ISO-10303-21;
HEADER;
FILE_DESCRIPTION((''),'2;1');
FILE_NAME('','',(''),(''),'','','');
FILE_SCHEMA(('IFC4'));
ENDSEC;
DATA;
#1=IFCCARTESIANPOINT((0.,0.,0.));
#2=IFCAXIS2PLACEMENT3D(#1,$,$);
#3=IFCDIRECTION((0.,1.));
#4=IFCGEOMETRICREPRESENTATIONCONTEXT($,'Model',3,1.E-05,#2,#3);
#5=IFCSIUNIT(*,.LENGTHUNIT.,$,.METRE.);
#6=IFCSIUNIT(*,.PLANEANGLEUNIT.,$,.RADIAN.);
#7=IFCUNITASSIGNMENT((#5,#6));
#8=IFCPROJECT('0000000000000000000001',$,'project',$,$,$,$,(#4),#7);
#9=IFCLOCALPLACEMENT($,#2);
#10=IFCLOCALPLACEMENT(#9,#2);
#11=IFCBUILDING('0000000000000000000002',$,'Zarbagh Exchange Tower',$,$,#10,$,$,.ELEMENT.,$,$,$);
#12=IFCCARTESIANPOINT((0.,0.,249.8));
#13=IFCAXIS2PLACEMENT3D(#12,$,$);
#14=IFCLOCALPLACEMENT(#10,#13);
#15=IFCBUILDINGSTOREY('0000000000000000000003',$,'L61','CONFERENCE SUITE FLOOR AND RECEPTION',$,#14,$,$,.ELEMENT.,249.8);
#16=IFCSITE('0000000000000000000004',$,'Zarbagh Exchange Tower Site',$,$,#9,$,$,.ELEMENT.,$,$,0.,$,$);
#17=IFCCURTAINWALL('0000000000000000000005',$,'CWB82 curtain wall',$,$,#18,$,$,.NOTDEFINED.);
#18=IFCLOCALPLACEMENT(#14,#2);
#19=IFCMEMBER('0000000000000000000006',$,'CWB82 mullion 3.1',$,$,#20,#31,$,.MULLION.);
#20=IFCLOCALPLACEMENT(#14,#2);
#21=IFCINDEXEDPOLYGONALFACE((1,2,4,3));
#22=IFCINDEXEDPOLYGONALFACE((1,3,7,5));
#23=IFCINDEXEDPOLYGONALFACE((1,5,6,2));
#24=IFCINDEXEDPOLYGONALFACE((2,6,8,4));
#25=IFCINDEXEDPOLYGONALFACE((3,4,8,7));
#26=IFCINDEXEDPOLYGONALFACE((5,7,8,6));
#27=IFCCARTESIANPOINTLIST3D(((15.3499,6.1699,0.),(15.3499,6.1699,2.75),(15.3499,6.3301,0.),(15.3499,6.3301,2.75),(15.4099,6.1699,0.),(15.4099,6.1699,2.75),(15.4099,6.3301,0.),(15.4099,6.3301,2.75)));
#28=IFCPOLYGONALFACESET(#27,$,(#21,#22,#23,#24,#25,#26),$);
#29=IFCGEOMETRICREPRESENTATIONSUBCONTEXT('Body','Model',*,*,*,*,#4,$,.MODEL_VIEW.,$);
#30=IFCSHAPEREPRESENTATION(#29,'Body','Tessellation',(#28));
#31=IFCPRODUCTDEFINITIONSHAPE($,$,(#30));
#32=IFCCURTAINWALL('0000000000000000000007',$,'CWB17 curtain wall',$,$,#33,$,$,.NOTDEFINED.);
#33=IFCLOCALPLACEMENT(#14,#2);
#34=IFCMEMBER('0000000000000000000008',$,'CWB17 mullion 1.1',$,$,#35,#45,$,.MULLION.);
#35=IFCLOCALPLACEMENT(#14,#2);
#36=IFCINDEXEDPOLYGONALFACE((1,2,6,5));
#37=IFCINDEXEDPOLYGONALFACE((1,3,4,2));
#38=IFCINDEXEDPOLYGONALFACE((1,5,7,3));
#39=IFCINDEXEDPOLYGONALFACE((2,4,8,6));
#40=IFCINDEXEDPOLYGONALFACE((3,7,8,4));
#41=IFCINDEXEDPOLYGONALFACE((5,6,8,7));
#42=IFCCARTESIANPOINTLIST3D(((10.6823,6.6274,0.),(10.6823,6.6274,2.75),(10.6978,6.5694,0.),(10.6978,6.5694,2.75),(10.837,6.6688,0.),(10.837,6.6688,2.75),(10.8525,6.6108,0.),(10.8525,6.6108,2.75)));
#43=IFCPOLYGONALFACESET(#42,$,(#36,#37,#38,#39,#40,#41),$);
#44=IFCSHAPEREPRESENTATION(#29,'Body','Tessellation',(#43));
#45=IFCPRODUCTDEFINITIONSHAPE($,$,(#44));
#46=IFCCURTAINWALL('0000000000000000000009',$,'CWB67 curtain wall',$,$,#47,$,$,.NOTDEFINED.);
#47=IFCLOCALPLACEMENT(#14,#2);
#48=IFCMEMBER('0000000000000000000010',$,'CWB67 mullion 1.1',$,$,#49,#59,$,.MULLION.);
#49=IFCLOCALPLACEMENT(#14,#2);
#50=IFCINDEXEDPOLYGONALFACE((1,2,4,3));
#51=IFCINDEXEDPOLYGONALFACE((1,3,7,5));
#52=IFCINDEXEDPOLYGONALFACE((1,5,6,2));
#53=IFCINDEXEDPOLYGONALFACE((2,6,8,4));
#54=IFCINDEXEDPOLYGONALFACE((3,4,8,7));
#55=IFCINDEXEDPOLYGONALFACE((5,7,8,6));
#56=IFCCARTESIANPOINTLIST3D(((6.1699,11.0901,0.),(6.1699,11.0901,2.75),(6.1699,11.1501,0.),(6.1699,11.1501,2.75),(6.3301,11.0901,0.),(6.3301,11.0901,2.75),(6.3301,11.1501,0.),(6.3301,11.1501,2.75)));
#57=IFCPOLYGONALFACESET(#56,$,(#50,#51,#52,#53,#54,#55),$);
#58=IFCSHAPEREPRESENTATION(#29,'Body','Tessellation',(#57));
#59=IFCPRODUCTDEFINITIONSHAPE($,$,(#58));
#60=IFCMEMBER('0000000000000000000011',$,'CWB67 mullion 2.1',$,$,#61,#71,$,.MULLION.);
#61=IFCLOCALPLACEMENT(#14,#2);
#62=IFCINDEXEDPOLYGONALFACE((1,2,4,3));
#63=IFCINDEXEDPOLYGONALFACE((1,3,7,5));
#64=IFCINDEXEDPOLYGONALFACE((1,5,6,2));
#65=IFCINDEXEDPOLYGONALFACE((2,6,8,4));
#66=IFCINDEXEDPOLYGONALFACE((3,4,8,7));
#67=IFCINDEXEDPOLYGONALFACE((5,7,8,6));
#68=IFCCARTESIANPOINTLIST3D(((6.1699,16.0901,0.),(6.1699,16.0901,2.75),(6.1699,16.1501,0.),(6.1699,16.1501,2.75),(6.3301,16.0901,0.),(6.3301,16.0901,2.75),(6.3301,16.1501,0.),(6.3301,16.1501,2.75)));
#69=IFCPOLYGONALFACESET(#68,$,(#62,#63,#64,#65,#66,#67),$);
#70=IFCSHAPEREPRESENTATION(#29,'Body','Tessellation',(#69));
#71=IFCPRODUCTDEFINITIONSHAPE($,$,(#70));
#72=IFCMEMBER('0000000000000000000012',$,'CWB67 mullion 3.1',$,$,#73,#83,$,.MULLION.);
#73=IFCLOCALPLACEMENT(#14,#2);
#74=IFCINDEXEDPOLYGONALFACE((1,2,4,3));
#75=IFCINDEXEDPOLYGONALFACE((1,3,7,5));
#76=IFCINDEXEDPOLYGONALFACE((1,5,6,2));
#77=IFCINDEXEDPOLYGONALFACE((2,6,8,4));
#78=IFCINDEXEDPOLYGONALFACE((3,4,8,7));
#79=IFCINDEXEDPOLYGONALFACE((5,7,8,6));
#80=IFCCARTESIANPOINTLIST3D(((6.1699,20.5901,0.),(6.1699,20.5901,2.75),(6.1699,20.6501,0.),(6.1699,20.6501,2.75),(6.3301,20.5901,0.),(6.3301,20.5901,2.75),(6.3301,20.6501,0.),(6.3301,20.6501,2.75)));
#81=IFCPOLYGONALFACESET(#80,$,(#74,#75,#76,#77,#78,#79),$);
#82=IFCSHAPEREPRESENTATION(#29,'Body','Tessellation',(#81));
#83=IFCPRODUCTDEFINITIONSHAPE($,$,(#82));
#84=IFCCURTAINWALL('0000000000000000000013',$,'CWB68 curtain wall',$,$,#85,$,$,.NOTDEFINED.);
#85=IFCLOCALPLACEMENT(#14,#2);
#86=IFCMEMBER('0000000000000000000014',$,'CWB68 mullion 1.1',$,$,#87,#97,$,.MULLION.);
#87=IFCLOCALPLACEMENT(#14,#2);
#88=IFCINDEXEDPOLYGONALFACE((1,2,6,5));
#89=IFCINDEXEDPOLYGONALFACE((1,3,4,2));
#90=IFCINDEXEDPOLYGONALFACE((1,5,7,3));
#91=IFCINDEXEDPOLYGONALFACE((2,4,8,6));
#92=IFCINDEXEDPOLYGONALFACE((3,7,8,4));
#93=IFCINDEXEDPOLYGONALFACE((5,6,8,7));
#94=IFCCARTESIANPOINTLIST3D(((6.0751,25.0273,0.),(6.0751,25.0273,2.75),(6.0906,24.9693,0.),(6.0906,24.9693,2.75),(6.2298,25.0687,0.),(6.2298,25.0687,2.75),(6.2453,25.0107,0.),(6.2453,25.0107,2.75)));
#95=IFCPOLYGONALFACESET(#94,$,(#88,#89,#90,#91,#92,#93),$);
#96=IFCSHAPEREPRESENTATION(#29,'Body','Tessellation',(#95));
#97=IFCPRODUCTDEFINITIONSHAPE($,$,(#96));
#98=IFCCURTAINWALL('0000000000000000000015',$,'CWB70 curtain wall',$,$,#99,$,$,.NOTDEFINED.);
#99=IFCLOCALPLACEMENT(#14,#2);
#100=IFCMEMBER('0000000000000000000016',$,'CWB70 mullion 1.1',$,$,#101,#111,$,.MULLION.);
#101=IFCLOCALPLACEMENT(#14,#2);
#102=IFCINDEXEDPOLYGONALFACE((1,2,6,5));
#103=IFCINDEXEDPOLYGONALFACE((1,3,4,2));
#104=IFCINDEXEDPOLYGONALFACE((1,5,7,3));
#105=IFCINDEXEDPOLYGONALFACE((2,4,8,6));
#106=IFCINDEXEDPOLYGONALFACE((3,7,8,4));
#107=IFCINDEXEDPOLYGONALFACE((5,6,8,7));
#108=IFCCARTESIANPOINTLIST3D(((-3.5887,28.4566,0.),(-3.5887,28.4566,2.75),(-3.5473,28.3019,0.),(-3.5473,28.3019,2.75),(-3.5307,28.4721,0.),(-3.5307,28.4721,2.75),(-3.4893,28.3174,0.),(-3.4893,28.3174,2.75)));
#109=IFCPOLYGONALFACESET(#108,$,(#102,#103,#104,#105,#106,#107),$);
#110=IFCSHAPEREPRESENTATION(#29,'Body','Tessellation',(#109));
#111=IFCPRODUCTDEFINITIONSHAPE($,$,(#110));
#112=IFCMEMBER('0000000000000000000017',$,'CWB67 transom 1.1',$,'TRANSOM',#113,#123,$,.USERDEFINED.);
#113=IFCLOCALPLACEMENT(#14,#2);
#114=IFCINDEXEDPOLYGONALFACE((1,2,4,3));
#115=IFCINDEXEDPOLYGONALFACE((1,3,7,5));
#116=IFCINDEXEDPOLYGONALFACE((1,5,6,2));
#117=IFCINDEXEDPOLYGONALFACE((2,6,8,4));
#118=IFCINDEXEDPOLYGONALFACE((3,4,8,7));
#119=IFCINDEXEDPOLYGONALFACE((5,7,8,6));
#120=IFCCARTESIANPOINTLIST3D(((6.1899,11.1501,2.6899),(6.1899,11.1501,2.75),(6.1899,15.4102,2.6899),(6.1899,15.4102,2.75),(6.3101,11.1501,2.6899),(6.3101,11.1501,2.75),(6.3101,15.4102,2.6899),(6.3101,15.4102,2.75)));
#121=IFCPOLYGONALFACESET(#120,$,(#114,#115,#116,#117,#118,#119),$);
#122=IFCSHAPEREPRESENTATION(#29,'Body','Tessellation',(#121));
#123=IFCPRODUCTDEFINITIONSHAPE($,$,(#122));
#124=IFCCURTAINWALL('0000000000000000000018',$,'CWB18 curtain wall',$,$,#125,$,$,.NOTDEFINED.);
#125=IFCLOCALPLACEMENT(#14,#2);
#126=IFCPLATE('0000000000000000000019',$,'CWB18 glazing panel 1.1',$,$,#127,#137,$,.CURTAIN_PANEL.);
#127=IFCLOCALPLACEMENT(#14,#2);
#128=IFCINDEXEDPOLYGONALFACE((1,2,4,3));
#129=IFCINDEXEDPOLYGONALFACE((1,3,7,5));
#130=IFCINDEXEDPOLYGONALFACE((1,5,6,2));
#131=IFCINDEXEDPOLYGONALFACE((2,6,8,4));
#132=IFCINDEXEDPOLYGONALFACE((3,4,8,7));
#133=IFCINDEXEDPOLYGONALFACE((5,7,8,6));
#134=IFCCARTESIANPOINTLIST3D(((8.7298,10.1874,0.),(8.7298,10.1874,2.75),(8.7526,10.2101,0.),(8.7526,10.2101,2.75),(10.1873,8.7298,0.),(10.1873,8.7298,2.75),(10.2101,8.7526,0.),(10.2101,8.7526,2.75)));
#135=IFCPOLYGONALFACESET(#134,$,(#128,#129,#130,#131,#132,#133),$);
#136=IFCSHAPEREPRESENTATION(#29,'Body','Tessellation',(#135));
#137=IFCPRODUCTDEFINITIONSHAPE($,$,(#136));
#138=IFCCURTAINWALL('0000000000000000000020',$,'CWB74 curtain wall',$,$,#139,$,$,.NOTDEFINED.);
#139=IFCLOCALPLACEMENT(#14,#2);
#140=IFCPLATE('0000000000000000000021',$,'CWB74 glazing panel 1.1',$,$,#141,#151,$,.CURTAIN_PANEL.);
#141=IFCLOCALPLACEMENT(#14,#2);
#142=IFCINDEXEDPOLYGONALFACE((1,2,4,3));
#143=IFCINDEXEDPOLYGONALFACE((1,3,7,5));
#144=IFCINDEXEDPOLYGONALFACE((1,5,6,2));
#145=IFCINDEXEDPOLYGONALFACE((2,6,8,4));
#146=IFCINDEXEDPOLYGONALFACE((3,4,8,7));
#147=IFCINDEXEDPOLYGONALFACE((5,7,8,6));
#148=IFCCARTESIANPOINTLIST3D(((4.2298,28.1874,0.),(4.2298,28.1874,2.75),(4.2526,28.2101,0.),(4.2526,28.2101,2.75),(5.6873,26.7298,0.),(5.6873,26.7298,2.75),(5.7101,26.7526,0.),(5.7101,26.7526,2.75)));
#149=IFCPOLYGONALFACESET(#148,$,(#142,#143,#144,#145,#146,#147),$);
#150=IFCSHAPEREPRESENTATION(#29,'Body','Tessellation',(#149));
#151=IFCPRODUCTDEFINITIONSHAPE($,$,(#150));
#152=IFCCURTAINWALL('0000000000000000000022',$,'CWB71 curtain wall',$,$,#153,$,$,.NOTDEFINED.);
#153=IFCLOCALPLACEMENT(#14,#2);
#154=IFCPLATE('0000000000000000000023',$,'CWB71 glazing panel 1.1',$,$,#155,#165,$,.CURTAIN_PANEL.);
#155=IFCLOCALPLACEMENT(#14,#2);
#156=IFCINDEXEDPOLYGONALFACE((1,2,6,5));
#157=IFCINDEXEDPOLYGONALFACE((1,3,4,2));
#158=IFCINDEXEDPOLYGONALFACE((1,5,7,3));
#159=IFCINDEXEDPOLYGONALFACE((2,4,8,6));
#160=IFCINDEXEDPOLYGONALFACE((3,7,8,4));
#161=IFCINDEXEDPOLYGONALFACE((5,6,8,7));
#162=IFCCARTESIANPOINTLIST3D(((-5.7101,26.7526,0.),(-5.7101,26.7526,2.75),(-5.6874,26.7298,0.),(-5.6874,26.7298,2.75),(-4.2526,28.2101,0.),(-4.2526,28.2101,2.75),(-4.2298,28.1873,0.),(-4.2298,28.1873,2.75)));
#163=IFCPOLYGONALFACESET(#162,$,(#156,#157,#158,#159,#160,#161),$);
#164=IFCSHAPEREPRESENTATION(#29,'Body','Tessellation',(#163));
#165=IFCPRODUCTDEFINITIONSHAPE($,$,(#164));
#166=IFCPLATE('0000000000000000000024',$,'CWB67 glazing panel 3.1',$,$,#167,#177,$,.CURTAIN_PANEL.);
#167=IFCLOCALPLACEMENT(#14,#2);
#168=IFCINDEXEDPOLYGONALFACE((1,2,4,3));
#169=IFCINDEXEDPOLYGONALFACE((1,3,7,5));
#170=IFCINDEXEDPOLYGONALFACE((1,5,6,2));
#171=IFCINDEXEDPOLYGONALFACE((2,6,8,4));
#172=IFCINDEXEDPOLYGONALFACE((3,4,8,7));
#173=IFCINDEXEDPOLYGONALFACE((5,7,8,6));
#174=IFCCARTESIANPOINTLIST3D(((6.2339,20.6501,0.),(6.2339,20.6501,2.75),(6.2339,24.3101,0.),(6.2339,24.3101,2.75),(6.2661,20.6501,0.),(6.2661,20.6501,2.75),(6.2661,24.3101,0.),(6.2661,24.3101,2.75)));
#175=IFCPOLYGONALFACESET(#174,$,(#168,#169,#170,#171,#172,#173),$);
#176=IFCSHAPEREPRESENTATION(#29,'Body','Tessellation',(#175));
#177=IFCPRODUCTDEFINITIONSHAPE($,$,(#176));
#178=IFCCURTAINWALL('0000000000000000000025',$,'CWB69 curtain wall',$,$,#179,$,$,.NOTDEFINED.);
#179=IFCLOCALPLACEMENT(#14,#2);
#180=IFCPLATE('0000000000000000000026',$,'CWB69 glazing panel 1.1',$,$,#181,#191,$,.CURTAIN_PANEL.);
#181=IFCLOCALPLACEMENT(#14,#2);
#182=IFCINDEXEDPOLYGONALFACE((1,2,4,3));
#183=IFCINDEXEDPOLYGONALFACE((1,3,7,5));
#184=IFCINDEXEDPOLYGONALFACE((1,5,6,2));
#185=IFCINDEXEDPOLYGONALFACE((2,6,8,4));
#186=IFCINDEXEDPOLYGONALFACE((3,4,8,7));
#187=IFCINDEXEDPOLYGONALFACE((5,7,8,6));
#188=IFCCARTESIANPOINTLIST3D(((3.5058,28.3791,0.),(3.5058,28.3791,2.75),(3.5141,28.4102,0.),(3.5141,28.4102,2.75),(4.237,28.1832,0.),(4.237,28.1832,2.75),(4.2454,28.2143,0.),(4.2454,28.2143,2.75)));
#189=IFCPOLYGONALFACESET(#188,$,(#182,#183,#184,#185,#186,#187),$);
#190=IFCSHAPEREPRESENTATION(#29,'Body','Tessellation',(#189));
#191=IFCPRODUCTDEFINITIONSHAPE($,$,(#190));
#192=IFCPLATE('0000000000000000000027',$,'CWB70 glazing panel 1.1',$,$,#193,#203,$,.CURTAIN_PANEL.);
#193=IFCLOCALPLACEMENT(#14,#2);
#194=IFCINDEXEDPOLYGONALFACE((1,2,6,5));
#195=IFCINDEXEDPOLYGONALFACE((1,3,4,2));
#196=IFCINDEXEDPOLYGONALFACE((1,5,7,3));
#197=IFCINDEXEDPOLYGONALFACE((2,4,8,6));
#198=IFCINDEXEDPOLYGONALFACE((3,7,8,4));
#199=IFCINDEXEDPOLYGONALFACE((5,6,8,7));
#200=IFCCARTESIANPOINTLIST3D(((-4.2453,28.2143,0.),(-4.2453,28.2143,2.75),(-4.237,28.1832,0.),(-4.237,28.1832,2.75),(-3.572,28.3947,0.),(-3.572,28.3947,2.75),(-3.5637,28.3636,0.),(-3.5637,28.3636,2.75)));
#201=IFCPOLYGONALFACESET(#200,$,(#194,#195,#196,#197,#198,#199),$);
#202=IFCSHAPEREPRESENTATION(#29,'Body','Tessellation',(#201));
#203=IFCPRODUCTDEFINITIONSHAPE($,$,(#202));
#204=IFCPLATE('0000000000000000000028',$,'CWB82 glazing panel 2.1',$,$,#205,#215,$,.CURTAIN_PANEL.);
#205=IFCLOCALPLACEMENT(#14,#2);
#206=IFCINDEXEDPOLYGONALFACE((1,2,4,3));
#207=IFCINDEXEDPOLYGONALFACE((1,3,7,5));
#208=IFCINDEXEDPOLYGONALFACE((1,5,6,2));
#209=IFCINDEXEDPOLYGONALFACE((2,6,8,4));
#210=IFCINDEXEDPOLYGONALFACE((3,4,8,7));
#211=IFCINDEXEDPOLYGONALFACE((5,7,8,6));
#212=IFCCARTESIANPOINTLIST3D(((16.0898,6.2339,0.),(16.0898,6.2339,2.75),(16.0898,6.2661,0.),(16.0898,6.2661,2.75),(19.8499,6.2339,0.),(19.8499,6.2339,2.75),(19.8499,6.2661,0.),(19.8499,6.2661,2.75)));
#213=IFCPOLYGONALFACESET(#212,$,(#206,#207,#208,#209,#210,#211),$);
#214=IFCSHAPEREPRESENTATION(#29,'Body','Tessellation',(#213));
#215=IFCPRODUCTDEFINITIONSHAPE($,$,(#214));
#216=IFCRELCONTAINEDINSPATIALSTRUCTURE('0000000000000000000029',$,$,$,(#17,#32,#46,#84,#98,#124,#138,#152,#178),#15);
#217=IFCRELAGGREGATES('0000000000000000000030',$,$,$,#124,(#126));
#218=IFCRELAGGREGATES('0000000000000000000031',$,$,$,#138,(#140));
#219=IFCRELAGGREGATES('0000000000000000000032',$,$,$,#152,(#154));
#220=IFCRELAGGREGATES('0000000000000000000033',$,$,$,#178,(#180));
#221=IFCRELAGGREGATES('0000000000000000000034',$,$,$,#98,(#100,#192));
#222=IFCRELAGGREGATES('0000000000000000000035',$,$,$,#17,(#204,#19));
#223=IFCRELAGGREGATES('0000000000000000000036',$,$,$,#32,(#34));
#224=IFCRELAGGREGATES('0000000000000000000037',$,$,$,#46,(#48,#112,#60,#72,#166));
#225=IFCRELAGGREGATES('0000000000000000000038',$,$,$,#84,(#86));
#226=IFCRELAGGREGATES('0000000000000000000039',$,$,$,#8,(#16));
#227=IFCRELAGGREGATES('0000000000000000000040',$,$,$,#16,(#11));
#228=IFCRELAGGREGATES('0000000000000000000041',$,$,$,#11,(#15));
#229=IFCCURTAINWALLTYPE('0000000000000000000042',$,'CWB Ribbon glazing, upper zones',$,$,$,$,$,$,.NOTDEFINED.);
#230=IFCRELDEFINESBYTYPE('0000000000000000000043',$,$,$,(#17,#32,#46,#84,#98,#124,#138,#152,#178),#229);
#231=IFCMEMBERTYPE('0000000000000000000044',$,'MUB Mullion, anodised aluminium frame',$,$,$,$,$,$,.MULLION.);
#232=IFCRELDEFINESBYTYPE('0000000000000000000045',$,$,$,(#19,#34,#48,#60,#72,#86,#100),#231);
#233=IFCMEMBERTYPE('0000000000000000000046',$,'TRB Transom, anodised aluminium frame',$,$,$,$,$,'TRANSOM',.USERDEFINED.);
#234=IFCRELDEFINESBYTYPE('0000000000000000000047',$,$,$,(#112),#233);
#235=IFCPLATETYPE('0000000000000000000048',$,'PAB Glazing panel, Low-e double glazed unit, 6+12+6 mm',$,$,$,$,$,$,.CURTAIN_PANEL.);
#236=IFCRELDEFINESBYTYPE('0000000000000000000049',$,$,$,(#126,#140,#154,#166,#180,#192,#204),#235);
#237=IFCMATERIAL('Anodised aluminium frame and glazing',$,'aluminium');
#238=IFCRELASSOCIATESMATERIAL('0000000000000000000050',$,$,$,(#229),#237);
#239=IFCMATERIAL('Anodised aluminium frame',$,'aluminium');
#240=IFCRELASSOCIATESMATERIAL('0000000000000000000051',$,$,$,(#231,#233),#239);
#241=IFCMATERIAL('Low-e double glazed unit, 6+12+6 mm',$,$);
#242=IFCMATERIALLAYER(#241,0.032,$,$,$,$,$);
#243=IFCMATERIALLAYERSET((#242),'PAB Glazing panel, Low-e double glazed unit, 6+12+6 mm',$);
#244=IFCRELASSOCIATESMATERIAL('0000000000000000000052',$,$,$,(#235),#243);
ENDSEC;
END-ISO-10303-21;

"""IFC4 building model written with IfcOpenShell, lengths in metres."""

from ifc_helpers import new_model, si_unit, direction, frame, origin, place, context, subcontext, project, spatial, polyline, outline, extrude, source, transform, mapped, material, layer, layer_set, type_object, element, aggregate, save


model = new_model("IFC4")

# Units and contexts
model_context = context("Model", 3, precision=1e-05, world=origin(), true_north=direction((0.0, 1.0)))
body_context = subcontext(model_context, "Body", "Model", "MODEL_VIEW")
ifc_project = project(units=[si_unit("LENGTHUNIT", "METRE"), si_unit("PLANEANGLEUNIT", "RADIAN")], contexts=[model_context])

# Site, building, storey
site_placement = place(None, origin())
site = spatial("IfcSite", under=ifc_project, at=site_placement, Name="Zarbagh Exchange Tower Site", CompositionType="ELEMENT", RefElevation=0.0)
building_placement = place(site_placement, origin())
building = spatial("IfcBuilding", under=site, at=building_placement, Name="Zarbagh Exchange Tower", CompositionType="ELEMENT")
storey_placement = place(building_placement, frame((0.0, 0.0, 249.8)))
storey = spatial("IfcBuildingStorey", under=building, at=storey_placement, Name="L61", Description="CONFERENCE SUITE FLOOR AND RECEPTION", CompositionType="ELEMENT", Elevation=249.8)

# Curtain walls, members
ifc_material_1 = material(Name="Anodised aluminium frame and glazing", Category="aluminium")
curtain_wall_type = type_object("IfcCurtainWallType", Name="CWB Ribbon glazing, upper zones", PredefinedType="NOTDEFINED", material=ifc_material_1)
curtain_wall_1_placement = place(storey_placement, origin())
curtain_wall_1 = element("IfcCurtainWall", 1, at=curtain_wall_1_placement, inside=storey, type_object=curtain_wall_type, Name="CWB82 curtain wall", PredefinedType="NOTDEFINED")
ifc_material_2 = material(Name="Anodised aluminium frame", Category="aluminium")
member_type_1 = type_object("IfcMemberType", Name="MUB Mullion, anodised aluminium frame", PredefinedType="MULLION", material=ifc_material_2)
shared_shape_1 = source(origin(), body_context, "Body", "SweptSolid", [
    extrude(outline(polyline([(0.0, -0.0801), (0.0601, -0.0801), (0.0601, 0.0801), (0.0, 0.0801), (0.0, -0.0801)])), origin(), (0.0, 0.0, 1.0), 2.75),
])
placement = place(storey_placement, origin())
member_1 = element("IfcMember", 2, at=placement, type_object=member_type_1, Name="CWB82 mullion 3.1", PredefinedType="MULLION", context=body_context, shape_type="MappedRepresentation", body=[
    mapped(shared_shape_1, transform((15.4099, 6.25, 0.0), x_axis=(-1.0, 0.0, 0.0), y_axis=(0.0, -1.0, 0.0), z_axis=(0.0, 0.0, 1.0))),
])
curtain_wall_2_placement = place(storey_placement, origin())
curtain_wall_2 = element("IfcCurtainWall", 3, at=curtain_wall_2_placement, inside=storey, type_object=curtain_wall_type, Name="CWB17 curtain wall", PredefinedType="NOTDEFINED")
member_2 = element("IfcMember", 4, at=placement, type_object=member_type_1, Name="CWB17 mullion 1.1", PredefinedType="MULLION", context=body_context, shape_type="MappedRepresentation", body=[
    mapped(shared_shape_1, transform((10.7751, 6.5901, 0.0), x_axis=(-0.258825, 0.965924, 0.0), y_axis=(-0.965924, -0.258825, 0.0), z_axis=(0.0, 0.0, 1.0))),
])

# Curtain wall, members
curtain_wall_3_placement = place(storey_placement, origin())
curtain_wall_3 = element("IfcCurtainWall", 5, at=curtain_wall_3_placement, inside=storey, type_object=curtain_wall_type, Name="CWB67 curtain wall", PredefinedType="NOTDEFINED")
member_3 = element("IfcMember", 6, at=placement, type_object=member_type_1, Name="CWB67 mullion 1.1", PredefinedType="MULLION", context=body_context, shape_type="MappedRepresentation", body=[
    mapped(shared_shape_1, transform((6.25, 11.0901, 0.0), x_axis=(0.0, 1.0, 0.0), y_axis=(-1.0, 0.0, 0.0), z_axis=(0.0, 0.0, 1.0))),
])
member_4 = element("IfcMember", 7, at=placement, type_object=member_type_1, Name="CWB67 mullion 2.1", PredefinedType="MULLION", context=body_context, shape_type="MappedRepresentation", body=[
    mapped(shared_shape_1, transform((6.25, 16.0901, 0.0), x_axis=(0.0, 1.0, 0.0), y_axis=(-1.0, 0.0, 0.0), z_axis=(0.0, 0.0, 1.0))),
])
member_5 = element("IfcMember", 8, at=placement, type_object=member_type_1, Name="CWB67 mullion 3.1", PredefinedType="MULLION", context=body_context, shape_type="MappedRepresentation", body=[
    mapped(shared_shape_1, transform((6.25, 20.5901, 0.0), x_axis=(0.0, 1.0, 0.0), y_axis=(-1.0, 0.0, 0.0), z_axis=(0.0, 0.0, 1.0))),
])

# Curtain walls, members
curtain_wall_4_placement = place(storey_placement, origin())
curtain_wall_4 = element("IfcCurtainWall", 9, at=curtain_wall_4_placement, inside=storey, type_object=curtain_wall_type, Name="CWB68 curtain wall", PredefinedType="NOTDEFINED")
member_6 = element("IfcMember", 10, at=placement, type_object=member_type_1, Name="CWB68 mullion 1.1", PredefinedType="MULLION", context=body_context, shape_type="MappedRepresentation", body=[
    mapped(shared_shape_1, transform((6.168, 24.99, 0.0), x_axis=(-0.258825, 0.965924, 0.0), y_axis=(-0.965924, -0.258825, 0.0), z_axis=(0.0, 0.0, 1.0))),
])
curtain_wall_5_placement = place(storey_placement, origin())
curtain_wall_5 = element("IfcCurtainWall", 11, at=curtain_wall_5_placement, inside=storey, type_object=curtain_wall_type, Name="CWB70 curtain wall", PredefinedType="NOTDEFINED")
member_7 = element("IfcMember", 12, at=placement, type_object=member_type_1, Name="CWB70 mullion 1.1", PredefinedType="MULLION", context=body_context, shape_type="MappedRepresentation", body=[
    mapped(shared_shape_1, transform((-3.51, 28.3948, 0.0), x_axis=(-0.965924, -0.258825, 0.0), y_axis=(0.258825, -0.965924, 0.0), z_axis=(0.0, 0.0, 1.0))),
])

# Member
member_type_2 = type_object("IfcMemberType", Name="TRB Transom, anodised aluminium frame", ElementType="TRANSOM", PredefinedType="USERDEFINED", material=ifc_material_2)
shared_shape_2 = source(origin(), body_context, "Body", "SweptSolid", [
    extrude(outline(polyline([(-0.0601, -0.0601), (0.0, -0.0601), (0.0, 0.0601), (-0.0601, 0.0601), (-0.0601, -0.0601)])), origin(), (0.0, 0.0, 1.0), 4.26),
])
member_8 = element("IfcMember", 13, at=placement, type_object=member_type_2, Name="CWB67 transom 1.1", ObjectType="TRANSOM", PredefinedType="USERDEFINED", context=body_context, shape_type="MappedRepresentation", body=[
    mapped(shared_shape_2, transform((6.25, 11.1501, 2.75), x_axis=(0.0, 0.0, 1.0), y_axis=(1.0, 0.0, 0.0), z_axis=(0.0, 1.0, 0.0))),
])

# Curtain walls, plates
curtain_wall_6_placement = place(storey_placement, origin())
curtain_wall_6 = element("IfcCurtainWall", 14, at=curtain_wall_6_placement, inside=storey, type_object=curtain_wall_type, Name="CWB18 curtain wall", PredefinedType="NOTDEFINED")
ifc_material_3 = material(Name="Low-e double glazed unit, 6+12+6 mm")
ifc_layer = layer(ifc_material_3, 0.032)
ifc_layer_set = layer_set([ifc_layer], Name="PAB Glazing panel, Low-e double glazed unit, 6+12+6 mm")
plate_type = type_object("IfcPlateType", Name="PAB Glazing panel, Low-e double glazed unit, 6+12+6 mm", PredefinedType="CURTAIN_PANEL", material=ifc_layer_set)
shared_shape_3 = source(origin(), body_context, "Body", "SweptSolid", [
    extrude(outline(polyline([(0.0, -0.0161), (2.0613, -0.0161), (2.0613, 0.0161), (0.0, 0.0161), (0.0, -0.0161)])), origin(), (0.0, 0.0, 1.0), 2.75),
])
plate_1 = element("IfcPlate", 15, at=placement, type_object=plate_type, Name="CWB18 glazing panel 1.1", PredefinedType="CURTAIN_PANEL", context=body_context, shape_type="MappedRepresentation", body=[
    mapped(shared_shape_3, transform((10.1987, 8.7412, 0.0), x_axis=(-0.707107, 0.707107, 0.0), y_axis=(-0.707107, -0.707107, 0.0), z_axis=(0.0, 0.0, 1.0))),
])
aggregate(curtain_wall_6, [plate_1])
curtain_wall_7_placement = place(storey_placement, origin())
curtain_wall_7 = element("IfcCurtainWall", 16, at=curtain_wall_7_placement, inside=storey, type_object=curtain_wall_type, Name="CWB74 curtain wall", PredefinedType="NOTDEFINED")
plate_2 = element("IfcPlate", 17, at=placement, type_object=plate_type, Name="CWB74 glazing panel 1.1", PredefinedType="CURTAIN_PANEL", context=body_context, shape_type="MappedRepresentation", body=[
    mapped(shared_shape_3, transform((5.6987, 26.7412, 0.0), x_axis=(-0.707107, 0.707107, 0.0), y_axis=(-0.707107, -0.707107, 0.0), z_axis=(0.0, 0.0, 1.0))),
])
aggregate(curtain_wall_7, [plate_2])
curtain_wall_8_placement = place(storey_placement, origin())
curtain_wall_8 = element("IfcCurtainWall", 18, at=curtain_wall_8_placement, inside=storey, type_object=curtain_wall_type, Name="CWB71 curtain wall", PredefinedType="NOTDEFINED")
plate_3 = element("IfcPlate", 19, at=placement, type_object=plate_type, Name="CWB71 glazing panel 1.1", PredefinedType="CURTAIN_PANEL", context=body_context, shape_type="MappedRepresentation", body=[
    mapped(shared_shape_3, transform((-4.2412, 28.1987, 0.0), x_axis=(-0.707107, -0.707107, 0.0), y_axis=(0.707107, -0.707107, 0.0), z_axis=(0.0, 0.0, 1.0))),
])
aggregate(curtain_wall_8, [plate_3])

# Plate
shared_shape_4 = source(origin(), body_context, "Body", "SweptSolid", [
    extrude(outline(polyline([(0.0, -0.0161), (3.6599, -0.0161), (3.6599, 0.0161), (0.0, 0.0161), (0.0, -0.0161)])), origin(), (0.0, 0.0, 1.0), 2.75),
])
plate_4 = element("IfcPlate", 20, at=placement, type_object=plate_type, Name="CWB67 glazing panel 3.1", PredefinedType="CURTAIN_PANEL", context=body_context, shape_type="MappedRepresentation", body=[
    mapped(shared_shape_4, transform((6.25, 20.6501, 0.0), x_axis=(0.0, 1.0, 0.0), y_axis=(-1.0, 0.0, 0.0), z_axis=(0.0, 0.0, 1.0))),
])

# Curtain wall, plate
curtain_wall_9_placement = place(storey_placement, origin())
curtain_wall_9 = element("IfcCurtainWall", 21, at=curtain_wall_9_placement, inside=storey, type_object=curtain_wall_type, Name="CWB69 curtain wall", PredefinedType="NOTDEFINED")
shared_shape_5 = source(origin(), body_context, "Body", "SweptSolid", [
    extrude(outline(polyline([(0.0, -0.0161), (0.7571, -0.0161), (0.7571, 0.0161), (0.0, 0.0161), (0.0, -0.0161)])), origin(), (0.0, 0.0, 1.0), 2.75),
])
plate_5 = element("IfcPlate", 22, at=placement, type_object=plate_type, Name="CWB69 glazing panel 1.1", PredefinedType="CURTAIN_PANEL", context=body_context, shape_type="MappedRepresentation", body=[
    mapped(shared_shape_5, transform((4.2412, 28.1987, 0.0), x_axis=(-0.965924, 0.258825, 0.0), y_axis=(-0.258825, -0.965924, 0.0), z_axis=(0.0, 0.0, 1.0))),
])
aggregate(curtain_wall_9, [plate_5])

# Plates
shared_shape_6 = source(origin(), body_context, "Body", "SweptSolid", [
    extrude(outline(polyline([(0.0, -0.0161), (0.697, -0.0161), (0.697, 0.0161), (0.0, 0.0161), (0.0, -0.0161)])), origin(), (0.0, 0.0, 1.0), 2.75),
])
plate_6 = element("IfcPlate", 23, at=placement, type_object=plate_type, Name="CWB70 glazing panel 1.1", PredefinedType="CURTAIN_PANEL", context=body_context, shape_type="MappedRepresentation", body=[
    mapped(shared_shape_6, transform((-3.5679, 28.3792, 0.0), x_axis=(-0.965924, -0.258825, 0.0), y_axis=(0.258825, -0.965924, 0.0), z_axis=(0.0, 0.0, 1.0))),
])
aggregate(curtain_wall_5, [member_7, plate_6])
shared_shape_7 = source(origin(), body_context, "Body", "SweptSolid", [
    extrude(outline(polyline([(0.0, -0.0161), (3.76, -0.0161), (3.76, 0.0161), (0.0, 0.0161), (0.0, -0.0161)])), origin(), (0.0, 0.0, 1.0), 2.75),
])
plate_7 = element("IfcPlate", 24, at=placement, type_object=plate_type, Name="CWB82 glazing panel 2.1", PredefinedType="CURTAIN_PANEL", context=body_context, shape_type="MappedRepresentation", body=[
    mapped(shared_shape_7, transform((19.8499, 6.25, 0.0), x_axis=(-1.0, 0.0, 0.0), y_axis=(0.0, -1.0, 0.0), z_axis=(0.0, 0.0, 1.0))),
])
aggregate(curtain_wall_1, [plate_7, member_1])
aggregate(curtain_wall_2, [member_2])

aggregate(curtain_wall_3, [member_3, member_8, member_4, member_5, plate_4])
aggregate(curtain_wall_4, [member_6])

save(model, "model.ifc")
